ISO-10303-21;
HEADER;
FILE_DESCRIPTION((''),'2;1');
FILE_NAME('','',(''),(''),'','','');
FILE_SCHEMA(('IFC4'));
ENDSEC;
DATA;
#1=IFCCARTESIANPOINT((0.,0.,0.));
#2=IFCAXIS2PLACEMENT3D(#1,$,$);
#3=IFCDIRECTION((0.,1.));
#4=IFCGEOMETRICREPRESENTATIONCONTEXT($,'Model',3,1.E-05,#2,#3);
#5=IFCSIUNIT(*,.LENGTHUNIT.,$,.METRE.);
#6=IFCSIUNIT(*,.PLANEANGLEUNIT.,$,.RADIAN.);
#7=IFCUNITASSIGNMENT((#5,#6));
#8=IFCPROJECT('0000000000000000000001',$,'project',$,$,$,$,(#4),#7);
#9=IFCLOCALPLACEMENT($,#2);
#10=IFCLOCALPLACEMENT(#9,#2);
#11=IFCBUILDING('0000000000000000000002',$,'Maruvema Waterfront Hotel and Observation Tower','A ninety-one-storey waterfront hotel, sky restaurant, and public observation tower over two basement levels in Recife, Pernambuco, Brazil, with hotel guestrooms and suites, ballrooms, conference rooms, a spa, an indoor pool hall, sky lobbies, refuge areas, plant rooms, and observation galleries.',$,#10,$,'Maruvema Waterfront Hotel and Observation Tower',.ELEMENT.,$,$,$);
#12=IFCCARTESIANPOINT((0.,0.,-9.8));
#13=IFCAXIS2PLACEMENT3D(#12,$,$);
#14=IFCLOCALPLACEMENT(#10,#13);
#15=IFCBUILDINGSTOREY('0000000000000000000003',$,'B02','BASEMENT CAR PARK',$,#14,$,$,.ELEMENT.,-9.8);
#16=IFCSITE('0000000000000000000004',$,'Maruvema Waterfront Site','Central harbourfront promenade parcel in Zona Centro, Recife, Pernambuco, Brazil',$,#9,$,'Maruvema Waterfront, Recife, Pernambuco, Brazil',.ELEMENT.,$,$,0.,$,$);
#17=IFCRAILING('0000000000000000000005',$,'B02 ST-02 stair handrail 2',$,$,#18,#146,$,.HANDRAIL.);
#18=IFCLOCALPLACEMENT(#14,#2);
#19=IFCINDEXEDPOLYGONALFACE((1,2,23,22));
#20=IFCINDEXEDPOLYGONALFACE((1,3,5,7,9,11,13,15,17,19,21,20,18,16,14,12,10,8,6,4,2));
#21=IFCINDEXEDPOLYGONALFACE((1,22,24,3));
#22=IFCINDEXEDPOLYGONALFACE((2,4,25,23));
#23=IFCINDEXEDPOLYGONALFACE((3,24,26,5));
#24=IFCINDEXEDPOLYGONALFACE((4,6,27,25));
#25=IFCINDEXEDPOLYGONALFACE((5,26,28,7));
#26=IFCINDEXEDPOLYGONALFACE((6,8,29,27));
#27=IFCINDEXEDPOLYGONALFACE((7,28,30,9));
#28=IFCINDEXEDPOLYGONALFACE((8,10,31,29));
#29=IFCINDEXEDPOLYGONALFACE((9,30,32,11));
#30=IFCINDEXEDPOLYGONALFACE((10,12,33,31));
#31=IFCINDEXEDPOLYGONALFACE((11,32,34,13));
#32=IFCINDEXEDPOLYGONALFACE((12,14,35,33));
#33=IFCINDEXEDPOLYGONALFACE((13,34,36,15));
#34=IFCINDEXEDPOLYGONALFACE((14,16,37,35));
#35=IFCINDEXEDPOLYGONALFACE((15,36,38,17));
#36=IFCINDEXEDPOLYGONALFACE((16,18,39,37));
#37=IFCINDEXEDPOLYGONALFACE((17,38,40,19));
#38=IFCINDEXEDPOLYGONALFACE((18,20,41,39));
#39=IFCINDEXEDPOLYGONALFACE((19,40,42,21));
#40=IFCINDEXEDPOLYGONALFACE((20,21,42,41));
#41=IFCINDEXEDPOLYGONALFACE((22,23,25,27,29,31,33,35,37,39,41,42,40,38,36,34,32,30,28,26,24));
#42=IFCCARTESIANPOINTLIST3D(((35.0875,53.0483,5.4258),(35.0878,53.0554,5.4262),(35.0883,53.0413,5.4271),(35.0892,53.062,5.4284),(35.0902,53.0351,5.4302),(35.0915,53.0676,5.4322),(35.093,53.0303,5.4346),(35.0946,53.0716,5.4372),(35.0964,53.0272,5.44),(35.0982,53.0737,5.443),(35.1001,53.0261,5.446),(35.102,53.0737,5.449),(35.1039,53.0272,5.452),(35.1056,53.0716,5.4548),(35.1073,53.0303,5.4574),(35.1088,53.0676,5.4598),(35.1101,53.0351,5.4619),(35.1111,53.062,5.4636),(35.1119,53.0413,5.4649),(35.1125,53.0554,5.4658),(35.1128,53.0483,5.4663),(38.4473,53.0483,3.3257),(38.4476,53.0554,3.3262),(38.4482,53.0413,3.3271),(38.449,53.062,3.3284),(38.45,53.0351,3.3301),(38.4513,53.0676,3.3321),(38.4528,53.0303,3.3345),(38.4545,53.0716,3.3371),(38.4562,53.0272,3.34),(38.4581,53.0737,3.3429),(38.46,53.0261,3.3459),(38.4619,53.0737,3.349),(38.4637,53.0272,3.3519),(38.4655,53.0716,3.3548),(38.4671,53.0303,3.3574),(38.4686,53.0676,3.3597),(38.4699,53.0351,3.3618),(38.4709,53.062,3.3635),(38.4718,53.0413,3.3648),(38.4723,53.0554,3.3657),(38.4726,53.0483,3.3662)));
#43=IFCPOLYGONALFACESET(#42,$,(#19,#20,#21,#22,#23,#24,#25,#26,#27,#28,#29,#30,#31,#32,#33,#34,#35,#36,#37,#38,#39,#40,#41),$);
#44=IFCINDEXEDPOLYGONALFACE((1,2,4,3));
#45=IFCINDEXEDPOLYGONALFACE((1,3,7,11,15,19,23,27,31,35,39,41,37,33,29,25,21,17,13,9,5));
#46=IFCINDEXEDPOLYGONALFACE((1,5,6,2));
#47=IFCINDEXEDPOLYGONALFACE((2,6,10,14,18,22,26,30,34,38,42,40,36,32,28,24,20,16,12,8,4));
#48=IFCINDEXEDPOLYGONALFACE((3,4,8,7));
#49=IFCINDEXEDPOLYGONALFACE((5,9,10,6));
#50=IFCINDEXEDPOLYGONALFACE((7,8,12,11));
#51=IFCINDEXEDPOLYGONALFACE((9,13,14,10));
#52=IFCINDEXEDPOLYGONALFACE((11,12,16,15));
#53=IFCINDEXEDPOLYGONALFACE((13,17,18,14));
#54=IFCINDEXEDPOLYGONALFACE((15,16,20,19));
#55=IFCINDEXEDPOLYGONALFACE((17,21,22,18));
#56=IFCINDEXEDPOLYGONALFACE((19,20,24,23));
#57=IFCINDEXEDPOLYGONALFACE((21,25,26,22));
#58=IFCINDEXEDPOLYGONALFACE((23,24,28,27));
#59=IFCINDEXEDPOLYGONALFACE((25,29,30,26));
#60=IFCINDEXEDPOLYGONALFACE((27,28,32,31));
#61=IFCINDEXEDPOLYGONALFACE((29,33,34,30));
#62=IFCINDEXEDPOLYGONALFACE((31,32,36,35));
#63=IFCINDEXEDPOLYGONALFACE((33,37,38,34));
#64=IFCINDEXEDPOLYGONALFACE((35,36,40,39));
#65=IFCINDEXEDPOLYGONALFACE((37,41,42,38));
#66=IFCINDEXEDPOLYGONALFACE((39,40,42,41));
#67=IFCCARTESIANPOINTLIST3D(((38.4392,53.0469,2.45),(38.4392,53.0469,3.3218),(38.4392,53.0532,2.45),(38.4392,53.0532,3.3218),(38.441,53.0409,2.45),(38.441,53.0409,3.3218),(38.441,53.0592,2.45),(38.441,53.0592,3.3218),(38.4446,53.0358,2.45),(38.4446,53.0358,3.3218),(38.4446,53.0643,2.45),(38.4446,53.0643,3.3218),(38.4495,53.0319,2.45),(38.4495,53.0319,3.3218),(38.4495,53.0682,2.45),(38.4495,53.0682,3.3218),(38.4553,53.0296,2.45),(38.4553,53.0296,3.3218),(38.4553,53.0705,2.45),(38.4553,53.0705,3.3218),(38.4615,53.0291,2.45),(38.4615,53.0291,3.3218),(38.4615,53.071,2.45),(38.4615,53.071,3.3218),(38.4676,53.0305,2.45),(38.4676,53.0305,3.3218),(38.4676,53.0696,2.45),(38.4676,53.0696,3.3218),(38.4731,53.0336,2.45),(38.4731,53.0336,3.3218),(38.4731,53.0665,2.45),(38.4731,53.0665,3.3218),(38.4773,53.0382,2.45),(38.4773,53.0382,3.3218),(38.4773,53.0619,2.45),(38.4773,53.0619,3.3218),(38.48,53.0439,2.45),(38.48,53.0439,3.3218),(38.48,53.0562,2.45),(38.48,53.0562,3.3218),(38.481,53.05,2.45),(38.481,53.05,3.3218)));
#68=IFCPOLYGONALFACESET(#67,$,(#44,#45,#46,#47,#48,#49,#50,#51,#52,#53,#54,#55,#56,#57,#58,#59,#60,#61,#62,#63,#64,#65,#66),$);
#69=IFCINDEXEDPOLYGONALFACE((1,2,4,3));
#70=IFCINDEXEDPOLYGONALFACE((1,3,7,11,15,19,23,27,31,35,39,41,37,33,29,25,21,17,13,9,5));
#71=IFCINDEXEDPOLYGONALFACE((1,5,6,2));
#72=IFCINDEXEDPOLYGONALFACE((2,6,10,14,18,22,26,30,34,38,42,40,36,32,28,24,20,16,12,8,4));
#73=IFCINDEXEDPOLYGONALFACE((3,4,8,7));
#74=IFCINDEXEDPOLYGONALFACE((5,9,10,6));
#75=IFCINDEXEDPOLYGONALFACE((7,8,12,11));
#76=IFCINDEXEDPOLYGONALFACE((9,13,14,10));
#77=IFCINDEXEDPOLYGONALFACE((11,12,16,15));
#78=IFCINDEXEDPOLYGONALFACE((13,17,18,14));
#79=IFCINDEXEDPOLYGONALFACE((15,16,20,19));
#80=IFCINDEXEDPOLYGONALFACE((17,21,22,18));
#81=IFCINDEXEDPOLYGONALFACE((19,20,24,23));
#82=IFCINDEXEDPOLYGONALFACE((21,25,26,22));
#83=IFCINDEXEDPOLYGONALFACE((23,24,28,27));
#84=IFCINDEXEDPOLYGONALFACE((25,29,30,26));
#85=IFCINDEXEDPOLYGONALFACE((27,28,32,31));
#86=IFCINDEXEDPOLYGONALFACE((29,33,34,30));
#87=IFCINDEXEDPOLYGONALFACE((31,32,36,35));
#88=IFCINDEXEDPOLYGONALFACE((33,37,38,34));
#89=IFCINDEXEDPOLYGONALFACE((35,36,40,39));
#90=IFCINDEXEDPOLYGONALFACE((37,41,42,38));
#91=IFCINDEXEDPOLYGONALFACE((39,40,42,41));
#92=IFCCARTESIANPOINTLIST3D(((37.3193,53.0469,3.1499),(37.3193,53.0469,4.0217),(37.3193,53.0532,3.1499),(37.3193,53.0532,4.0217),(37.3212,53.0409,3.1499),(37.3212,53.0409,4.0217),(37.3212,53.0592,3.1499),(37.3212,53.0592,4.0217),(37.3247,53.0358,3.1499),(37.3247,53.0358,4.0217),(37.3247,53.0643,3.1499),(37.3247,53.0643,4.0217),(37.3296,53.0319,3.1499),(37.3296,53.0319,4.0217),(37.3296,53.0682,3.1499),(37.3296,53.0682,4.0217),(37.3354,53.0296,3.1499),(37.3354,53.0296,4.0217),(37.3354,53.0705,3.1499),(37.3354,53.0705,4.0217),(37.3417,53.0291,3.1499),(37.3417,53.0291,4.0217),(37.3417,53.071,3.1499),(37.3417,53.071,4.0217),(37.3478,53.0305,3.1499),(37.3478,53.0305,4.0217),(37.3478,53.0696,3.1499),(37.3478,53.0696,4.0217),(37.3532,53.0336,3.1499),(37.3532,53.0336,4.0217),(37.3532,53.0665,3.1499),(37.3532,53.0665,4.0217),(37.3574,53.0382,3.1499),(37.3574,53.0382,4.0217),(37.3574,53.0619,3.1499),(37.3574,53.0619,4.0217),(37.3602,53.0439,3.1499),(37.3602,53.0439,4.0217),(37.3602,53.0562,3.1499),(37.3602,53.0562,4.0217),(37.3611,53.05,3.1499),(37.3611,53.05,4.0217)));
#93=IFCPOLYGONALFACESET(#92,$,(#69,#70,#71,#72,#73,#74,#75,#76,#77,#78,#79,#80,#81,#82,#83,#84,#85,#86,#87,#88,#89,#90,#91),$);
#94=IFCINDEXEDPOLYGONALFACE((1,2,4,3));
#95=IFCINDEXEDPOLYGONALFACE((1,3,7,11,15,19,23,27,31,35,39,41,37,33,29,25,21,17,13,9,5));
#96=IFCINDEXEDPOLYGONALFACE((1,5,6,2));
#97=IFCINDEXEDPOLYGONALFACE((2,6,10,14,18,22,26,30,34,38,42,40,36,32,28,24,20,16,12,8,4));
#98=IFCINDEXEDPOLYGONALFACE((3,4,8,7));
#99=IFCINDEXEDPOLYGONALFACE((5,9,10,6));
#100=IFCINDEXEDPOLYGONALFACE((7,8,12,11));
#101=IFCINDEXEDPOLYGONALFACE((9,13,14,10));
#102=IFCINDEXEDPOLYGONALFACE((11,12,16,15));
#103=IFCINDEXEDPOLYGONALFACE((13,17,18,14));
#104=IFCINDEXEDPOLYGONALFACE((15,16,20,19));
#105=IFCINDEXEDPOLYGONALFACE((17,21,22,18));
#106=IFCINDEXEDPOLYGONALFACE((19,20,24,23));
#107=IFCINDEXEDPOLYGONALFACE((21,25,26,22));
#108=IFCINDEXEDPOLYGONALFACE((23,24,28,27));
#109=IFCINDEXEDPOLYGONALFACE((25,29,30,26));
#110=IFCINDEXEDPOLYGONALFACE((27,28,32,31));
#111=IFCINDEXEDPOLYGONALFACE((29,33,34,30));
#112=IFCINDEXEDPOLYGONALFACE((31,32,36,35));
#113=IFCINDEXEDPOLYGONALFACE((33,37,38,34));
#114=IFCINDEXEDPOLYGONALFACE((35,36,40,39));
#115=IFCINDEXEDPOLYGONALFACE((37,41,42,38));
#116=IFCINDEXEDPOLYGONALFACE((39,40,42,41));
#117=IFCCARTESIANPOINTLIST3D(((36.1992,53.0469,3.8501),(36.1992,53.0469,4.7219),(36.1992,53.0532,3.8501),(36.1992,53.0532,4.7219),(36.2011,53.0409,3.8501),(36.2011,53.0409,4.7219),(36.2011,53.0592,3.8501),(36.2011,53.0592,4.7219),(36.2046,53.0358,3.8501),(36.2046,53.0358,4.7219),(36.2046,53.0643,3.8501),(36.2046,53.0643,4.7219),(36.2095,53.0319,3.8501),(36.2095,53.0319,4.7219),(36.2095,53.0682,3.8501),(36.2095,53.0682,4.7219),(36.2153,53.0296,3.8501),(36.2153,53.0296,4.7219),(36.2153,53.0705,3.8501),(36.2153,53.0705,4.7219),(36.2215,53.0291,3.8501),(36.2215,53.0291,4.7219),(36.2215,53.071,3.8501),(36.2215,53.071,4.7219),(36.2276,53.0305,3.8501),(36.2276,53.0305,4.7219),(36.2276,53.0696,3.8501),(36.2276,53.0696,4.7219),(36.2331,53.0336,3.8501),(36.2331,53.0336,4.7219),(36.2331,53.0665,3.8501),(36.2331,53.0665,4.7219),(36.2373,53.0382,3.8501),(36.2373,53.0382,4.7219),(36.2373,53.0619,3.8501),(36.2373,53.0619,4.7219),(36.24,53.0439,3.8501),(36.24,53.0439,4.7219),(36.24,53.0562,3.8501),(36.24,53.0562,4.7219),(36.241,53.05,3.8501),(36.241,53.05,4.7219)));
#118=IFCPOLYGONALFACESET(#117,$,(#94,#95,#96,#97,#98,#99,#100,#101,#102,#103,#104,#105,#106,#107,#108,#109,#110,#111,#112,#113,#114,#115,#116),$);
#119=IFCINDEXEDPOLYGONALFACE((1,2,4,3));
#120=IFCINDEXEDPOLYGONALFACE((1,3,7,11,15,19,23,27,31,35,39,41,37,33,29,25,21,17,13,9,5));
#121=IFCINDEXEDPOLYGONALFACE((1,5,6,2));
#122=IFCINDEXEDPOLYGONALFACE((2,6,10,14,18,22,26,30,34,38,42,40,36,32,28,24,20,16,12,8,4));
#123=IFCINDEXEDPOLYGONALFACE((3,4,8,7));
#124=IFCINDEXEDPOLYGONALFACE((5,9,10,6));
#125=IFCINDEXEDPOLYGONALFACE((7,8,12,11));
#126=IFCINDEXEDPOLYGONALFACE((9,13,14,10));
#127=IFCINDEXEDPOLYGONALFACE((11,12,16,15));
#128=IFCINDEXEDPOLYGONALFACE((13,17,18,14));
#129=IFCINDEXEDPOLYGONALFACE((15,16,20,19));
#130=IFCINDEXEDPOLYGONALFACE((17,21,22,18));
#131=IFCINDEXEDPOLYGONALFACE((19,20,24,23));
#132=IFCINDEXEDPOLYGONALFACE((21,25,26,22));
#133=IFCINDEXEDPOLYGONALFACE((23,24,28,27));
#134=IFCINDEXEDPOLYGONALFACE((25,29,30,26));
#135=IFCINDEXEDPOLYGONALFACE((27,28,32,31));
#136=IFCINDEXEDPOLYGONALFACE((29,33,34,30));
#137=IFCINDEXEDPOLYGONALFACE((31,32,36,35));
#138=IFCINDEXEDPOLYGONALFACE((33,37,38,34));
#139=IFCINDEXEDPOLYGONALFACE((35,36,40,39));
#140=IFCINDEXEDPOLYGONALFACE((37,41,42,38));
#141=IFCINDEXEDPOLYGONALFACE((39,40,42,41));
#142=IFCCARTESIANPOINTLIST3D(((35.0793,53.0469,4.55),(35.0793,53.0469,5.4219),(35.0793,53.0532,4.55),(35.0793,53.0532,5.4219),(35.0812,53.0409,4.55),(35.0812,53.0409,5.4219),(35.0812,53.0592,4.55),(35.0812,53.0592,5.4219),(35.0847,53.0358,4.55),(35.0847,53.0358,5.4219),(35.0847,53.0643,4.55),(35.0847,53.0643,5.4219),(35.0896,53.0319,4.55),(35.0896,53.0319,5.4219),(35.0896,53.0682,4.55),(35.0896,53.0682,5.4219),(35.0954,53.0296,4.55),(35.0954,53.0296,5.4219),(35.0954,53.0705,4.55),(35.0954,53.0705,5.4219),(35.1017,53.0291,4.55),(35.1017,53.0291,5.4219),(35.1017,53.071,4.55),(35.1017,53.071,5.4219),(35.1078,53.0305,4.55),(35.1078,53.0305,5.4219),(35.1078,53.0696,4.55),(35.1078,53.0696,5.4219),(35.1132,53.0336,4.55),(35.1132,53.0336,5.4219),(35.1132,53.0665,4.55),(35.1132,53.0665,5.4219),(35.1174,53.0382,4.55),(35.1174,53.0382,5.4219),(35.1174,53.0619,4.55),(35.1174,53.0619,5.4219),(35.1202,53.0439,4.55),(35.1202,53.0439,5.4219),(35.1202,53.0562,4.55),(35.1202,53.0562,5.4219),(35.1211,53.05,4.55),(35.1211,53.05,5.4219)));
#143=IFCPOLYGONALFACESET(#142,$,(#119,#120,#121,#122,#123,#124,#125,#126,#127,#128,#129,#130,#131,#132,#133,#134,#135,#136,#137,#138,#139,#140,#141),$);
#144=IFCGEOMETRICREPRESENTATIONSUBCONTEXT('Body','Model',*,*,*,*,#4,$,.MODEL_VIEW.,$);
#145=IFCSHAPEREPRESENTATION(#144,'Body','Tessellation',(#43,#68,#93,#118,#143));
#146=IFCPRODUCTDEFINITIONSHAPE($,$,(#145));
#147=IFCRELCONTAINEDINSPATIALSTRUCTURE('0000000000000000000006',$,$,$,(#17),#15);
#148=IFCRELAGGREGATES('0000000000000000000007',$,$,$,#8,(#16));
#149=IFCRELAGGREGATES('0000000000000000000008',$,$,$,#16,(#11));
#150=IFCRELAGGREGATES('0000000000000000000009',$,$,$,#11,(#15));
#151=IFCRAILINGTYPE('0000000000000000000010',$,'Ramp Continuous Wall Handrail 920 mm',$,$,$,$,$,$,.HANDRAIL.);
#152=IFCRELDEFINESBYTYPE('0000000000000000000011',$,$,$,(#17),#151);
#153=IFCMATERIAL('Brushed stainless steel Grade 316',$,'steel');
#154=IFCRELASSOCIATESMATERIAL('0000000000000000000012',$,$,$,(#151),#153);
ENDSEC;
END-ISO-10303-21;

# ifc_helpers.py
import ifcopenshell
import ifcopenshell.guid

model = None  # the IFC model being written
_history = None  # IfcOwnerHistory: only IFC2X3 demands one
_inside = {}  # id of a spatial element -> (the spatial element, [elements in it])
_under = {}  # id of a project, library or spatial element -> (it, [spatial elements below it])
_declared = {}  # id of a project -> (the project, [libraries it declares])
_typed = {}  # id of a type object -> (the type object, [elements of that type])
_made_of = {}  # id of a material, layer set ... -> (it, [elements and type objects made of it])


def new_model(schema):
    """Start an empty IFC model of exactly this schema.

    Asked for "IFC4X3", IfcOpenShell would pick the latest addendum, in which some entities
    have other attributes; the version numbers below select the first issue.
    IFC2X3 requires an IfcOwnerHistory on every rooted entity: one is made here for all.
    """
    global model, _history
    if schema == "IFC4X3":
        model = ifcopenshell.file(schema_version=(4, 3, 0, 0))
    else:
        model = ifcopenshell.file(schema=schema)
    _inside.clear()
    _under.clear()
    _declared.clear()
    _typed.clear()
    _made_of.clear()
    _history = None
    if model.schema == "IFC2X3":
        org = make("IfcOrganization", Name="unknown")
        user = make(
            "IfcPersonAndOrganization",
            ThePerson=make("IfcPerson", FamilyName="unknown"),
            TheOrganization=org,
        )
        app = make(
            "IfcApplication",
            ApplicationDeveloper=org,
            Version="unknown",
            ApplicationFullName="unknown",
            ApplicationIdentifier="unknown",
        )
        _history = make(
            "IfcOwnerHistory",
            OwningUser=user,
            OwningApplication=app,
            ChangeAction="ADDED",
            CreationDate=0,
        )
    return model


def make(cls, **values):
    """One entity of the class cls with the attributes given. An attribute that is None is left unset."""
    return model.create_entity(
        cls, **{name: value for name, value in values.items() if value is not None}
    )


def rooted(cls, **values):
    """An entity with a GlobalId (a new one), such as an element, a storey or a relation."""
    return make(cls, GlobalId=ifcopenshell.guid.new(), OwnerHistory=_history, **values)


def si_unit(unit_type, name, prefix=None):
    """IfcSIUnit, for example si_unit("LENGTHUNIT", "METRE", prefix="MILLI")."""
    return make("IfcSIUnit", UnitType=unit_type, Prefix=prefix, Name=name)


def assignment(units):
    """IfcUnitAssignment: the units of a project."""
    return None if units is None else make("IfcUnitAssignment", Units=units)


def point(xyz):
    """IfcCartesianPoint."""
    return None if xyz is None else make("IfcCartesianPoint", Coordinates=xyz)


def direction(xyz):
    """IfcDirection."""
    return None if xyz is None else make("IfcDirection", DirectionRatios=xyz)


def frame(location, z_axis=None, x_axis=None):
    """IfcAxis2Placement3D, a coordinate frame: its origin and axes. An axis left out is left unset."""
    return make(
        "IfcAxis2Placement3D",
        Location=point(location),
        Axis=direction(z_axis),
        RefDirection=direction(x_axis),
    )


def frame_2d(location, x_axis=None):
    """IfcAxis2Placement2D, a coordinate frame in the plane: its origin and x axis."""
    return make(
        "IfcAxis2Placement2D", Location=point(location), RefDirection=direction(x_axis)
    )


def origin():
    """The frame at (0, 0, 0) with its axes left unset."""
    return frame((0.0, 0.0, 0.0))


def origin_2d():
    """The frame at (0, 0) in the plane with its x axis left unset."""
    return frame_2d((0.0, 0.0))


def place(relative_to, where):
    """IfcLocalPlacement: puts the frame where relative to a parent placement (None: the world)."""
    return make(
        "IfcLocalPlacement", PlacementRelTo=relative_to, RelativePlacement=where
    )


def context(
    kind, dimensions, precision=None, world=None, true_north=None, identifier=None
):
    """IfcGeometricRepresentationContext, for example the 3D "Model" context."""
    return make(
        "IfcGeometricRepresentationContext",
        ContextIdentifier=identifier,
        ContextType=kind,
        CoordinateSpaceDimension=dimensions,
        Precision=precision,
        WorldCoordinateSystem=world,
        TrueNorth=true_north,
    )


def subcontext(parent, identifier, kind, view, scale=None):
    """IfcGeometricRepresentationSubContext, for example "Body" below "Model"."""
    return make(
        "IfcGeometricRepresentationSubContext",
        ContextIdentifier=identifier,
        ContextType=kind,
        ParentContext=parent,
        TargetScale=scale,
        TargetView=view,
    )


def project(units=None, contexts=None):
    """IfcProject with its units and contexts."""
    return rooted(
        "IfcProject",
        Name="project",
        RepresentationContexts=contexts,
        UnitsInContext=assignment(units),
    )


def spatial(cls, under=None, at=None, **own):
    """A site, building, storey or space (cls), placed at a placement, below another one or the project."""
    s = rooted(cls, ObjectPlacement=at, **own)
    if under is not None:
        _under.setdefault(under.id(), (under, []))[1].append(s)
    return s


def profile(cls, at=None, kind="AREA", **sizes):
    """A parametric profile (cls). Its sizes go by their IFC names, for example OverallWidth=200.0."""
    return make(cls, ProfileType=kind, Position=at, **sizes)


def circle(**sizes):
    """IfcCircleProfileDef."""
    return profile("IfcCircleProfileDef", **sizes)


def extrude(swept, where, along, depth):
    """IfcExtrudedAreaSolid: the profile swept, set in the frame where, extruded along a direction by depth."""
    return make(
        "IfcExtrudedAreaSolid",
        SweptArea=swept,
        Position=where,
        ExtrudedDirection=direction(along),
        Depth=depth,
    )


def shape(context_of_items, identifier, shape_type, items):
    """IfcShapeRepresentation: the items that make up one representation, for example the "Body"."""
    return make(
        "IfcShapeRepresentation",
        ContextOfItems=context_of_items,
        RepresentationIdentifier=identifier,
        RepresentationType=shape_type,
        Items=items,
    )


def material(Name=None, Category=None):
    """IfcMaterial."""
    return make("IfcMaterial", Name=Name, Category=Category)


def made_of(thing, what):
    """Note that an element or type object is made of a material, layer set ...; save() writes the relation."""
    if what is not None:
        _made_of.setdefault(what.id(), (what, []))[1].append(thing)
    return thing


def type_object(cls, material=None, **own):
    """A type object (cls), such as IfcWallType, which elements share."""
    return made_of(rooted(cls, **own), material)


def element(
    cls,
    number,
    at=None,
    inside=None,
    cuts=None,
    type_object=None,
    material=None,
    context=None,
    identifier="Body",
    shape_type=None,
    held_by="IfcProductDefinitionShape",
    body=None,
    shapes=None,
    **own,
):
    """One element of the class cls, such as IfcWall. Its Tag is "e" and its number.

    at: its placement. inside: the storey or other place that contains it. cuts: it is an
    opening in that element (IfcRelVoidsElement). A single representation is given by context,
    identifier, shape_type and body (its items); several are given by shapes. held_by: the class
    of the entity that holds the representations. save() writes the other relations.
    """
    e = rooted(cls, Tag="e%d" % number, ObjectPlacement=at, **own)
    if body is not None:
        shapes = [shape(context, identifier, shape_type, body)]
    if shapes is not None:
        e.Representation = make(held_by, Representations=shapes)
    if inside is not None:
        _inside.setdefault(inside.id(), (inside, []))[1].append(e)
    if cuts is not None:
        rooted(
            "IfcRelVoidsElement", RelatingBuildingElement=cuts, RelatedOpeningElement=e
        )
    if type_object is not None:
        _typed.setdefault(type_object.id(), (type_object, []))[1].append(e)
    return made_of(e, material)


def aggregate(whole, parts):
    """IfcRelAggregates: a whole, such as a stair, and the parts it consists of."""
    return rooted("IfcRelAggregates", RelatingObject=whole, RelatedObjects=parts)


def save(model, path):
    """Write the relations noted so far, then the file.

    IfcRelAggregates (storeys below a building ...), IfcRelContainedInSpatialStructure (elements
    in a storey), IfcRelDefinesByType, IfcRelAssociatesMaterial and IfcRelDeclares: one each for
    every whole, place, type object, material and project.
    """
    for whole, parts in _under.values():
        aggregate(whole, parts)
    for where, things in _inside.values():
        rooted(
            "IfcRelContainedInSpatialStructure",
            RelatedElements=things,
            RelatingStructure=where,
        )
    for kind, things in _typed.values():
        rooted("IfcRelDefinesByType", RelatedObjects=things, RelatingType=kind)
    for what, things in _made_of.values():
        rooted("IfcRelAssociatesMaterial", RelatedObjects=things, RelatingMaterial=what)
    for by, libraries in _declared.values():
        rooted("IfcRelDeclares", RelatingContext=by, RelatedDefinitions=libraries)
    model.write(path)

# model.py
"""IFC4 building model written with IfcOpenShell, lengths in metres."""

from ifc_helpers import new_model, si_unit, direction, frame, origin, origin_2d, place, context, subcontext, project, spatial, circle, extrude, material, type_object, element, save


model = new_model("IFC4")

# Units and contexts
model_context = context("Model", 3, precision=1e-05, world=origin(), true_north=direction((0.0, 1.0)))
body_context = subcontext(model_context, "Body", "Model", "MODEL_VIEW")
ifc_project = project(units=[si_unit("LENGTHUNIT", "METRE"), si_unit("PLANEANGLEUNIT", "RADIAN")], contexts=[model_context])

# Site, building, storey
site_placement = place(None, origin())
site = spatial("IfcSite", under=ifc_project, at=site_placement, Name="Maruvema Waterfront Site", Description="Central harbourfront promenade parcel in Zona Centro, Recife, Pernambuco, Brazil", LongName="Maruvema Waterfront, Recife, Pernambuco, Brazil", CompositionType="ELEMENT", RefElevation=0.0)
building_placement = place(site_placement, origin())
building = spatial("IfcBuilding", under=site, at=building_placement, Name="Maruvema Waterfront Hotel and Observation Tower", Description="A ninety-one-storey waterfront hotel, sky restaurant, and public observation tower over two basement levels in Recife, Pernambuco, Brazil, with hotel guestrooms and suites, ballrooms, conference rooms, a spa, an indoor pool hall, sky lobbies, refuge areas, plant rooms, and observation galleries.", LongName="Maruvema Waterfront Hotel and Observation Tower", CompositionType="ELEMENT")
storey_placement = place(building_placement, frame((0.0, 0.0, -9.8)))
storey = spatial("IfcBuildingStorey", under=building, at=storey_placement, Name="B02", Description="BASEMENT CAR PARK", CompositionType="ELEMENT", Elevation=-9.8)

# Railing
ifc_material_1 = material(Name="Brushed stainless steel Grade 316", Category="steel")
railing_type_1 = type_object("IfcRailingType", Name="Ramp Continuous Wall Handrail 920 mm", PredefinedType="HANDRAIL", material=ifc_material_1)
railing_1_placement = place(storey_placement, frame((38.46, 53.05, 2.45)))
element("IfcRailing", 1, at=railing_1_placement, inside=storey, type_object=railing_type_1, Name="B02 ST-02 stair handrail 2", PredefinedType="HANDRAIL", context=body_context, shape_type="SweptSolid", body=[
    extrude(circle(Radius=0.0239, at=origin_2d()), frame((0.0, 0.0, 0.896), z_axis=(-0.847978, 0.0, 0.530032), x_axis=(0.0, -1.0, 0.0)), (0.0, 0.0, 1.0), 3.9622),
    extrude(circle(Radius=0.021, at=origin_2d()), origin(), (0.0, 0.0, 1.0), 0.8718),
    extrude(circle(Radius=0.021, at=origin_2d()), frame((-1.1199, 0.0, 0.7)), (0.0, 0.0, 1.0), 0.8718),
    extrude(circle(Radius=0.021, at=origin_2d()), frame((-2.24, 0.0, 1.4001)), (0.0, 0.0, 1.0), 0.8718),
    extrude(circle(Radius=0.021, at=origin_2d()), frame((-3.3599, 0.0, 2.1001)), (0.0, 0.0, 1.0), 0.8718),
])

save(model, "model.ifc")
